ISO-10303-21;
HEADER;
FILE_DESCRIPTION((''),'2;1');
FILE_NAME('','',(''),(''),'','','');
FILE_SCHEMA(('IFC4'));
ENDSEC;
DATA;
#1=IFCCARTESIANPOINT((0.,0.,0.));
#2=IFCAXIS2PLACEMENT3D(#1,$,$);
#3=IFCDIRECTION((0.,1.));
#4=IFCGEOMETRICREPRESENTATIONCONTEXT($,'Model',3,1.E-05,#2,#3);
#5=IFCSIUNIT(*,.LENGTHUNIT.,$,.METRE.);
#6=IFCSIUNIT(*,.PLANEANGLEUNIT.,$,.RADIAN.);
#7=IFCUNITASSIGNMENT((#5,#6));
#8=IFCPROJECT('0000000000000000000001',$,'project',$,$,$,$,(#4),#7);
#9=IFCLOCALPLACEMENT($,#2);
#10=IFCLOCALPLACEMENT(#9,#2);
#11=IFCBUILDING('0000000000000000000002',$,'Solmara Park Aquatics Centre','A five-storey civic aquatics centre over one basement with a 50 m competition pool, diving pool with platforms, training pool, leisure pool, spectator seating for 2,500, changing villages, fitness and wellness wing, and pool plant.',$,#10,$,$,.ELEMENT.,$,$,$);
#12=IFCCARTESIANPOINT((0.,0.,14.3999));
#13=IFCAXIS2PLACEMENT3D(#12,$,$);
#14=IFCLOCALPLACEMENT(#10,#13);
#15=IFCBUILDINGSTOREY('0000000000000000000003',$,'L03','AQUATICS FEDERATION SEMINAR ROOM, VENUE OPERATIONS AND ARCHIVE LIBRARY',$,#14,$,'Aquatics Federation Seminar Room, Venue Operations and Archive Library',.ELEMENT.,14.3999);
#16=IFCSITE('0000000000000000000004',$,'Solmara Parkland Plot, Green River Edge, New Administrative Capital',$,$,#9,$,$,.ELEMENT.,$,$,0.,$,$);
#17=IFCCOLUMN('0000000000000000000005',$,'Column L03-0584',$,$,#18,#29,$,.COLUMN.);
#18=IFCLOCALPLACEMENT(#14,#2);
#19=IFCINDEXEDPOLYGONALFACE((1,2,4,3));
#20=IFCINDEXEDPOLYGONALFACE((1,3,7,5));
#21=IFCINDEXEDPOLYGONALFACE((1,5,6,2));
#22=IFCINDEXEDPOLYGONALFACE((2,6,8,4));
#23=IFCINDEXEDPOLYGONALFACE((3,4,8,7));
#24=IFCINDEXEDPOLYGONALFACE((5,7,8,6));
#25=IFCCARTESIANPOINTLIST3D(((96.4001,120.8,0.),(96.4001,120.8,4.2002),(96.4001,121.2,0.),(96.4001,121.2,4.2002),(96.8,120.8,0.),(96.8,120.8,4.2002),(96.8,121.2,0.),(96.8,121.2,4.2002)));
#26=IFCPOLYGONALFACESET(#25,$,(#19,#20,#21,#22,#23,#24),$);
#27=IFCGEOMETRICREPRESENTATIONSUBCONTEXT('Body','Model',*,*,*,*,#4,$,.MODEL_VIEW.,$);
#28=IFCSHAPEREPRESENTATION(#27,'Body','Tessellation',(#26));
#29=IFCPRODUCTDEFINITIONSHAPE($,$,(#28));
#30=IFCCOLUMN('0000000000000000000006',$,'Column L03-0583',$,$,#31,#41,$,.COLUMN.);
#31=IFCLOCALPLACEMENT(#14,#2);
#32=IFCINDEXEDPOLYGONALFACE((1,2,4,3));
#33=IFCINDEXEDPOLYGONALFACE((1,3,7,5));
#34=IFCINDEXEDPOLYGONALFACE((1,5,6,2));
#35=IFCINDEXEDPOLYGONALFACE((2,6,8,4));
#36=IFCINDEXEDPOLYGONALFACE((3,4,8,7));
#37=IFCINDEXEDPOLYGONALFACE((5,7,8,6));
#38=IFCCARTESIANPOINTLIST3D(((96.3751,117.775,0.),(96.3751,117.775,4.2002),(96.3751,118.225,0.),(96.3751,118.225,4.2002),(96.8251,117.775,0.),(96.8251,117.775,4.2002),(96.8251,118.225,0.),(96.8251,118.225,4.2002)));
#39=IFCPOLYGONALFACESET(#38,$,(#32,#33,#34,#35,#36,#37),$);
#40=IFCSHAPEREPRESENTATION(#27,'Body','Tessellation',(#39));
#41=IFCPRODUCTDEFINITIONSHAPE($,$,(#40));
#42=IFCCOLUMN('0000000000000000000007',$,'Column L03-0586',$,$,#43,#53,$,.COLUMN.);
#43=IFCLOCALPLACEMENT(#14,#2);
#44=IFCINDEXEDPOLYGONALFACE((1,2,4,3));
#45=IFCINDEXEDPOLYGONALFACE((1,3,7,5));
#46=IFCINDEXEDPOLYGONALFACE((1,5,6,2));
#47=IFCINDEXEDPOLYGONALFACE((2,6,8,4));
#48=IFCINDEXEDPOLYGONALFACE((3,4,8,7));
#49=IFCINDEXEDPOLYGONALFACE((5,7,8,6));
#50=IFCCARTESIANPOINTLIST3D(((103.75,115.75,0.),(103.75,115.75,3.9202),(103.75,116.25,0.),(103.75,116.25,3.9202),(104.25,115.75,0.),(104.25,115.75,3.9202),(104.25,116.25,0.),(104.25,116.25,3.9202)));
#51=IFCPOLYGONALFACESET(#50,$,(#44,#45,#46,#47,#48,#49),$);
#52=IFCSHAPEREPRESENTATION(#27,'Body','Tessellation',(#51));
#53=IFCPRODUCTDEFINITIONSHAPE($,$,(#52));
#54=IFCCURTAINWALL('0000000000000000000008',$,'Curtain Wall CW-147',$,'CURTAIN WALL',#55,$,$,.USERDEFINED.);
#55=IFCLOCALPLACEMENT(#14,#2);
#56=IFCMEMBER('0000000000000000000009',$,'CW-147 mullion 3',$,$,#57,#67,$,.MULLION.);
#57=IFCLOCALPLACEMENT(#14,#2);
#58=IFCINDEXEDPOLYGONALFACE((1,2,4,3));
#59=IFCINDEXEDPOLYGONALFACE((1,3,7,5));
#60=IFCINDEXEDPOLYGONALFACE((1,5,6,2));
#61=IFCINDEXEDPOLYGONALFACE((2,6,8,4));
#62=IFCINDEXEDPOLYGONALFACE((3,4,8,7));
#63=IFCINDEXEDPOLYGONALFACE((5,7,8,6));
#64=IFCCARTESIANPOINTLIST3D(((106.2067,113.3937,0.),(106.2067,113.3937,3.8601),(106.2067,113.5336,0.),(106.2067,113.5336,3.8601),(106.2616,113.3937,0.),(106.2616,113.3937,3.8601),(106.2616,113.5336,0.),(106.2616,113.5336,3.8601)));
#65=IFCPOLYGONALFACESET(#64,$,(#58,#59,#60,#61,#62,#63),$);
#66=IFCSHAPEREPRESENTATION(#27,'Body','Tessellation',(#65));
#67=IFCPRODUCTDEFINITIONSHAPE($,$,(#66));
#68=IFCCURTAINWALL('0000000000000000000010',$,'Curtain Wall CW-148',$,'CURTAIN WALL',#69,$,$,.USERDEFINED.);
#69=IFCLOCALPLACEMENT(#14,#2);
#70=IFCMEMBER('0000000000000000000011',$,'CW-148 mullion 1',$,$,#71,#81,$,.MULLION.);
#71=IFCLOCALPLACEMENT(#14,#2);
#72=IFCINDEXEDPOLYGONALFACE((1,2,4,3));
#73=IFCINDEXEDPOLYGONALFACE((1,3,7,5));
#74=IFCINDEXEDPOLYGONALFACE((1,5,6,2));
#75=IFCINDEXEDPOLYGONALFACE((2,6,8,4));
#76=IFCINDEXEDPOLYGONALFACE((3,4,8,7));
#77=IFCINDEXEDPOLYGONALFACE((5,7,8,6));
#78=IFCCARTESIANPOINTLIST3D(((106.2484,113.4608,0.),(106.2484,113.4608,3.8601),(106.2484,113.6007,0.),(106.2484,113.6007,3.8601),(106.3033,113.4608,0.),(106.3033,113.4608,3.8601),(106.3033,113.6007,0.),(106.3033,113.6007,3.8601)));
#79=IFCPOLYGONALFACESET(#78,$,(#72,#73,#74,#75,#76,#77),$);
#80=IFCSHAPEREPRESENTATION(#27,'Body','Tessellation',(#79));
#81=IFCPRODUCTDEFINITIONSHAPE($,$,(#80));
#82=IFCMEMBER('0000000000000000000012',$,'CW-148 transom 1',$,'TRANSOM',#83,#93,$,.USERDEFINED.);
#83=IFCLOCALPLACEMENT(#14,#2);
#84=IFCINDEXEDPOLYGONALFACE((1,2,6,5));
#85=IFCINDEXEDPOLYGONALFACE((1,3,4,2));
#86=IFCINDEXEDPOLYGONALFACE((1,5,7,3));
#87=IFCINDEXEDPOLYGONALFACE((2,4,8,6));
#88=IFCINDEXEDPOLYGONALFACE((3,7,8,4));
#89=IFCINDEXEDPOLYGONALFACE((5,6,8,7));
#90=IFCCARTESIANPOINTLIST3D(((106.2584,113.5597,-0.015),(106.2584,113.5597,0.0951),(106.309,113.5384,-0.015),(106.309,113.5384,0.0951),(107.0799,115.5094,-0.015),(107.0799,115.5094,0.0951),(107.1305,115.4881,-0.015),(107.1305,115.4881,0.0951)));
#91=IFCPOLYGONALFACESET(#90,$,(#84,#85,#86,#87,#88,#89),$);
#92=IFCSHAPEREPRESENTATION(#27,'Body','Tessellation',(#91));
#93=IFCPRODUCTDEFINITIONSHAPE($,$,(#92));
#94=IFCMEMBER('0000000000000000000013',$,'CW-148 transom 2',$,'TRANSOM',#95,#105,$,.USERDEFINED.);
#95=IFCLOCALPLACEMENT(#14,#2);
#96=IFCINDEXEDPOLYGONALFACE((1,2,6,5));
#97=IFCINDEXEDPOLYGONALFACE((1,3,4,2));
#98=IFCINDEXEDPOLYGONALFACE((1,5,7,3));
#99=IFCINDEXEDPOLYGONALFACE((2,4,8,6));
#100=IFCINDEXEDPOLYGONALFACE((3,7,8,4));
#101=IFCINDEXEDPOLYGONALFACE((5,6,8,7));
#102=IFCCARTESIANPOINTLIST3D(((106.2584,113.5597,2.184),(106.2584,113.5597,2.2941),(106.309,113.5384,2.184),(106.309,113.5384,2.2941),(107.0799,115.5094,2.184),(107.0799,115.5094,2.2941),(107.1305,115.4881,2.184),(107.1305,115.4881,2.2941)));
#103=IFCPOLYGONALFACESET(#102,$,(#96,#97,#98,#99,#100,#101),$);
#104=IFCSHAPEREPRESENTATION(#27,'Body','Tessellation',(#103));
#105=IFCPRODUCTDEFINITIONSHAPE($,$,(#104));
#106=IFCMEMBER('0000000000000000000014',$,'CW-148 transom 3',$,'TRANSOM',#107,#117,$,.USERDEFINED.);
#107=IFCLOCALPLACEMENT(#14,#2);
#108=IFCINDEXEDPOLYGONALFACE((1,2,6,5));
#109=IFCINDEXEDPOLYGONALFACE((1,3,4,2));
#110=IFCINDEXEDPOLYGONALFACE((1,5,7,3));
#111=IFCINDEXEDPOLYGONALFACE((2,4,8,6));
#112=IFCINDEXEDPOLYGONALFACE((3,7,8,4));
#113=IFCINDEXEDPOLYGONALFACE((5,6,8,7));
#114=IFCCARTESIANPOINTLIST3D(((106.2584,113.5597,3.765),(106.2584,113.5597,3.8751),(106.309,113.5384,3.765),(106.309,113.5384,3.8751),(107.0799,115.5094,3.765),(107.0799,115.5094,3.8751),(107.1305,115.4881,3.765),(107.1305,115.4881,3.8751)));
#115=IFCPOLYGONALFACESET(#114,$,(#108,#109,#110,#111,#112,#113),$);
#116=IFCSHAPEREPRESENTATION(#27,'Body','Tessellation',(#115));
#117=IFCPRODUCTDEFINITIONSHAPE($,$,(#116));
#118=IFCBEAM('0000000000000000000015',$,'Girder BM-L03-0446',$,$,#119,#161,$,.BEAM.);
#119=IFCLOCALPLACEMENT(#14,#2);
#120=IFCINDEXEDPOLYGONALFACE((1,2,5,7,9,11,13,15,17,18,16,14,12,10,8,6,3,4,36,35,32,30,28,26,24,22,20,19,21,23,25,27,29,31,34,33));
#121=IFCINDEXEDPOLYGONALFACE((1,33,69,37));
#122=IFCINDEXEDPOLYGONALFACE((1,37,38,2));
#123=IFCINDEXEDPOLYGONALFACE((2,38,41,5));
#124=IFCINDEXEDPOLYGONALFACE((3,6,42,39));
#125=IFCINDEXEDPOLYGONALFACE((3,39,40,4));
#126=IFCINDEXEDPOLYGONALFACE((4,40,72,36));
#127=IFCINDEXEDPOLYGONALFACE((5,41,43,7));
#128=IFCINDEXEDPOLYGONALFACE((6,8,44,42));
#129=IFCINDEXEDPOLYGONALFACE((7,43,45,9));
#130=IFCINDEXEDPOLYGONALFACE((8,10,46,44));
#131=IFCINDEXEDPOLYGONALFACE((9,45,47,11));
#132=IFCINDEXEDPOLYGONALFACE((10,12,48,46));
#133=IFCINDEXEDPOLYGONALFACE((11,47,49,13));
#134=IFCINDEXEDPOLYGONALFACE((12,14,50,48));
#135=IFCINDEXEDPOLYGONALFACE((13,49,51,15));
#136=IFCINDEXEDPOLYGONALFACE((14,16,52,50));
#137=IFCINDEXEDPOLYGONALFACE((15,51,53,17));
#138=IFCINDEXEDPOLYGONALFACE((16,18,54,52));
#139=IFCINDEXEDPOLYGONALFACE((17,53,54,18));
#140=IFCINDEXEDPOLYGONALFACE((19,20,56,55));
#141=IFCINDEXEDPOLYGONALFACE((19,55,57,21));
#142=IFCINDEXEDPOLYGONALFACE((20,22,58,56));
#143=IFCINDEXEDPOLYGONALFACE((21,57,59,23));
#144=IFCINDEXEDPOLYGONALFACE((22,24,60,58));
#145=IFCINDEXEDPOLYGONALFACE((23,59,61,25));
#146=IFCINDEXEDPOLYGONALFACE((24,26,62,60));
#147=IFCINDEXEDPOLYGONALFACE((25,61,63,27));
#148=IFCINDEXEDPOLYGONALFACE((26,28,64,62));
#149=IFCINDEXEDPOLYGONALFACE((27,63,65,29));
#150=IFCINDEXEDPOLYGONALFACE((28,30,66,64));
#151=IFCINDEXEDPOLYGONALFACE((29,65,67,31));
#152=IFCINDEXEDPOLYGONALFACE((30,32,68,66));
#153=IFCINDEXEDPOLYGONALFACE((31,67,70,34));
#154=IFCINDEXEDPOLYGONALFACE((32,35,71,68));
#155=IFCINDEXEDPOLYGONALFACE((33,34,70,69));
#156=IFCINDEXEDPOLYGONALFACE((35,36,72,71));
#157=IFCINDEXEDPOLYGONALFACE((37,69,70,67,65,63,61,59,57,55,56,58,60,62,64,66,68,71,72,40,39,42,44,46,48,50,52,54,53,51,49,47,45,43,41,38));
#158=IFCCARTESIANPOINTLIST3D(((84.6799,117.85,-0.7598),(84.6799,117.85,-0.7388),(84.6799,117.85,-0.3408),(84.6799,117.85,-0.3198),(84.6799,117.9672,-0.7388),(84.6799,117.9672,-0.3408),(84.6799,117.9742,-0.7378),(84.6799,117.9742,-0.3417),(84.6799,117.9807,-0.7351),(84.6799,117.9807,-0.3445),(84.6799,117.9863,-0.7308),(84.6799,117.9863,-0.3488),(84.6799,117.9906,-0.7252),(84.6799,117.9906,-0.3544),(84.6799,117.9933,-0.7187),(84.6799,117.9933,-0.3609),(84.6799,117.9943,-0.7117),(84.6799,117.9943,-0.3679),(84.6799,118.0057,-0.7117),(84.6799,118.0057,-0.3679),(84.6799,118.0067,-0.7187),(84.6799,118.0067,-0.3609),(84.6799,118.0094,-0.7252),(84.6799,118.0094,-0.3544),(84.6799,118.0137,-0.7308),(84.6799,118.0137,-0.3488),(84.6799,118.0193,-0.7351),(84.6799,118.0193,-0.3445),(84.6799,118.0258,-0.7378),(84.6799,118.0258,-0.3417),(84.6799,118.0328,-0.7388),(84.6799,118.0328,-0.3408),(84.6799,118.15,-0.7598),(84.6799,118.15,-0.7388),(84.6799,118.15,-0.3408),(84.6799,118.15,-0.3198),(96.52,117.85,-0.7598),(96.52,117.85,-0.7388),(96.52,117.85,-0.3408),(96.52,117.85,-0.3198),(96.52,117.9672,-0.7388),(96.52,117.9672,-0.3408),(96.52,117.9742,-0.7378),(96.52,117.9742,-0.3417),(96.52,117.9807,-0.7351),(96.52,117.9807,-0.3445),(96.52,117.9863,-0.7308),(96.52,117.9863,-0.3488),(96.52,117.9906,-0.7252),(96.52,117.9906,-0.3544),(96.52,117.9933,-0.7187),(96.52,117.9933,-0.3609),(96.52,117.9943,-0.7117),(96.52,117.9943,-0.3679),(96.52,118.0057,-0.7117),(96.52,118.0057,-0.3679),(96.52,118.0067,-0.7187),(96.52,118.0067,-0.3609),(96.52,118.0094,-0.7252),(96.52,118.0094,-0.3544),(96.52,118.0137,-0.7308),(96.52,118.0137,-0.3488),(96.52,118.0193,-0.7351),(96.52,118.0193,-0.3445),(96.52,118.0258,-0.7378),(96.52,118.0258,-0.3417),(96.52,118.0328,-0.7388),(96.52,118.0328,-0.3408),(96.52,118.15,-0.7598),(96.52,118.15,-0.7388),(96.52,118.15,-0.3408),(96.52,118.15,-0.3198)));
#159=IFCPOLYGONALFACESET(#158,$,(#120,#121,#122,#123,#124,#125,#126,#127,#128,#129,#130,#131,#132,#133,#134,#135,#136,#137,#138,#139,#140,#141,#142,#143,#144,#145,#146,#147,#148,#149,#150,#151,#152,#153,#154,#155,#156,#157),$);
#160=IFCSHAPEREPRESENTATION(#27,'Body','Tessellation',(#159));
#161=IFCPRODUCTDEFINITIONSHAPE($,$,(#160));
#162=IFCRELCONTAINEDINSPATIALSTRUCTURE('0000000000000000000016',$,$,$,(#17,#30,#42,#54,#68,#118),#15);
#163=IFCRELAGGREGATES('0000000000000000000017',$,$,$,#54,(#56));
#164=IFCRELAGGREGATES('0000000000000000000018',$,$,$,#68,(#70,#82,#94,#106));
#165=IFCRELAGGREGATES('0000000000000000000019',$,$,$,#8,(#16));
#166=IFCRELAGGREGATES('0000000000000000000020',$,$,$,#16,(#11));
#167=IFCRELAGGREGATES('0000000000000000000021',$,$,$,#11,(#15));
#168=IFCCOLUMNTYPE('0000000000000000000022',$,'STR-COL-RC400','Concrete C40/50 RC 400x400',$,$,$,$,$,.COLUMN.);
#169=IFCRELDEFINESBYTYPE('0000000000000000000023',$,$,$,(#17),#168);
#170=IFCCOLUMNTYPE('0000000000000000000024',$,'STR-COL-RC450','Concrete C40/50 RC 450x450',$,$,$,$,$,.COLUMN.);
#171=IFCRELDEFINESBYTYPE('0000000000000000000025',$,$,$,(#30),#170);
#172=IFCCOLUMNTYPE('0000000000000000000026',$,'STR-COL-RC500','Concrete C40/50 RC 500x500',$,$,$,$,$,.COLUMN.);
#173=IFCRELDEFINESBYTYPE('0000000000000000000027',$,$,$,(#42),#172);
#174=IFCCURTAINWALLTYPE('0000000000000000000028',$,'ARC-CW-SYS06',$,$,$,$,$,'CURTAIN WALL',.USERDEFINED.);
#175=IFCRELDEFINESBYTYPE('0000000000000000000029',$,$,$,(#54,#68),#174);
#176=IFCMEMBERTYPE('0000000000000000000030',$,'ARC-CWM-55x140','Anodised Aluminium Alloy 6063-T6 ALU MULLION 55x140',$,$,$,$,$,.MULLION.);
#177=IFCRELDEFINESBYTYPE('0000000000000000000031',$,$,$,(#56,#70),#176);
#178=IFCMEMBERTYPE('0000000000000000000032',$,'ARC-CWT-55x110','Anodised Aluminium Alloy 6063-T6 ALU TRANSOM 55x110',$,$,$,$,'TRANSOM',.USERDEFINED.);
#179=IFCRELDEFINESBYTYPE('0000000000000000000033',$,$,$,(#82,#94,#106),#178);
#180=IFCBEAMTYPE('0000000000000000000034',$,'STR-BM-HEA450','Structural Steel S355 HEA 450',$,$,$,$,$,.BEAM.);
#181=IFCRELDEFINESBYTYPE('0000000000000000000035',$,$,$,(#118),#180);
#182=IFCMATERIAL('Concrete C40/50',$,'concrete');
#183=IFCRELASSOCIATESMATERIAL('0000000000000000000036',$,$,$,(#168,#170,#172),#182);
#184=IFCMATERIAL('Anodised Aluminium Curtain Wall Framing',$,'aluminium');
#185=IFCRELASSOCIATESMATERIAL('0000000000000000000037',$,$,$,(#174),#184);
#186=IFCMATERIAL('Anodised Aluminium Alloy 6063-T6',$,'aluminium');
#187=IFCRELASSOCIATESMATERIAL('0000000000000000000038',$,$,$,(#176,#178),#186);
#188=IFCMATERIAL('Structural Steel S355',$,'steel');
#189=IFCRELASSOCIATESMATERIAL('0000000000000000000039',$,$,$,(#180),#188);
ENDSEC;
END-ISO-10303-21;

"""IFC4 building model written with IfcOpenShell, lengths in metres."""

from ifc_helpers import new_model, si_unit, direction, frame, origin, origin_2d, place, context, subcontext, project, spatial, rectangle, i_section, extrude, material, material_profile, profile_set, type_object, element, aggregate, save


model = new_model("IFC4")

# Units and contexts
model_context = context("Model", 3, precision=1e-05, world=origin(), true_north=direction((0.0, 1.0)))
body_context = subcontext(model_context, "Body", "Model", "MODEL_VIEW")
ifc_project = project(units=[si_unit("LENGTHUNIT", "METRE"), si_unit("PLANEANGLEUNIT", "RADIAN")], contexts=[model_context])

# Site, building, storey
site_placement = place(None, origin())
site = spatial("IfcSite", under=ifc_project, at=site_placement, Name="Solmara Parkland Plot, Green River Edge, New Administrative Capital", CompositionType="ELEMENT", RefElevation=0.0)
building_placement = place(site_placement, origin())
building = spatial("IfcBuilding", under=site, at=building_placement, Name="Solmara Park Aquatics Centre", Description="A five-storey civic aquatics centre over one basement with a 50 m competition pool, diving pool with platforms, training pool, leisure pool, spectator seating for 2,500, changing villages, fitness and wellness wing, and pool plant.", CompositionType="ELEMENT")
storey_placement = place(building_placement, frame((0.0, 0.0, 14.3999)))
storey = spatial("IfcBuildingStorey", under=building, at=storey_placement, Name="L03", Description="AQUATICS FEDERATION SEMINAR ROOM, VENUE OPERATIONS AND ARCHIVE LIBRARY", LongName="Aquatics Federation Seminar Room, Venue Operations and Archive Library", CompositionType="ELEMENT", Elevation=14.3999)

# Columns
ifc_material_1 = material(Name="Concrete C40/50", Category="concrete")
ifc_material_profile_1 = material_profile(ifc_material_1, rectangle(XDim=0.3999, YDim=0.3999, at=origin_2d()), Name="RC 400x400")
ifc_profile_set_1 = profile_set([ifc_material_profile_1], Name="Concrete C40/50")
column_type_1 = type_object("IfcColumnType", Name="STR-COL-RC400", Description="Concrete C40/50 RC 400x400", PredefinedType="COLUMN", material=ifc_profile_set_1)
column_1_placement = place(storey_placement, frame((96.6001, 121.0, 0.0), z_axis=(0.0, 0.0, 1.0), x_axis=(1.0, 0.0, 0.0)))
element("IfcColumn", 1, at=column_1_placement, inside=storey, type_object=column_type_1, Name="Column L03-0584", PredefinedType="COLUMN", context=body_context, shape_type="SweptSolid", body=[
    extrude(rectangle(XDim=0.3999, YDim=0.3999, at=origin_2d()), origin(), (0.0, 0.0, 1.0), 4.2002),
])
ifc_material_profile_2 = material_profile(ifc_material_1, rectangle(XDim=0.45, YDim=0.45, at=origin_2d()), Name="RC 450x450")
ifc_profile_set_2 = profile_set([ifc_material_profile_2], Name="Concrete C40/50")
column_type_2 = type_object("IfcColumnType", Name="STR-COL-RC450", Description="Concrete C40/50 RC 450x450", PredefinedType="COLUMN", material=ifc_profile_set_2)
column_2_placement = place(storey_placement, frame((96.6001, 118.0, 0.0), z_axis=(0.0, 0.0, 1.0), x_axis=(1.0, 0.0, 0.0)))
element("IfcColumn", 2, at=column_2_placement, inside=storey, type_object=column_type_2, Name="Column L03-0583", PredefinedType="COLUMN", context=body_context, shape_type="SweptSolid", body=[
    extrude(rectangle(XDim=0.45, YDim=0.45, at=origin_2d()), origin(), (0.0, 0.0, 1.0), 4.2002),
])
ifc_material_profile_3 = material_profile(ifc_material_1, rectangle(XDim=0.5, YDim=0.5, at=origin_2d()), Name="RC 500x500")
ifc_profile_set_3 = profile_set([ifc_material_profile_3], Name="Concrete C40/50")
column_type_3 = type_object("IfcColumnType", Name="STR-COL-RC500", Description="Concrete C40/50 RC 500x500", PredefinedType="COLUMN", material=ifc_profile_set_3)
column_3_placement = place(storey_placement, frame((104.0, 116.0, 0.0), z_axis=(0.0, 0.0, 1.0), x_axis=(1.0, 0.0, 0.0)))
element("IfcColumn", 3, at=column_3_placement, inside=storey, type_object=column_type_3, Name="Column L03-0586", PredefinedType="COLUMN", context=body_context, shape_type="SweptSolid", body=[
    extrude(rectangle(XDim=0.5, YDim=0.5, at=origin_2d()), origin(), (0.0, 0.0, 1.0), 3.9202),
])

# Curtain wall, member
ifc_material_2 = material(Name="Anodised Aluminium Curtain Wall Framing", Category="aluminium")
curtain_wall_type = type_object("IfcCurtainWallType", Name="ARC-CW-SYS06", ElementType="CURTAIN WALL", PredefinedType="USERDEFINED", material=ifc_material_2)
curtain_wall_1_placement = place(storey_placement, origin())
curtain_wall_1 = element("IfcCurtainWall", 4, at=curtain_wall_1_placement, inside=storey, type_object=curtain_wall_type, Name="Curtain Wall CW-147", ObjectType="CURTAIN WALL", PredefinedType="USERDEFINED")
ifc_material_3 = material(Name="Anodised Aluminium Alloy 6063-T6", Category="aluminium")
ifc_material_profile_4 = material_profile(ifc_material_3, rectangle(XDim=0.0549, YDim=0.1399, at=origin_2d()), Name="ALU MULLION 55x140")
ifc_profile_set_4 = profile_set([ifc_material_profile_4], Name="Anodised Aluminium Alloy 6063-T6")
member_type_1 = type_object("IfcMemberType", Name="ARC-CWM-55x140", Description="Anodised Aluminium Alloy 6063-T6 ALU MULLION 55x140", PredefinedType="MULLION", material=ifc_profile_set_4)
member_1_placement = place(storey_placement, frame((106.2341, 113.4636, 0.0), z_axis=(0.0, 0.0, 1.0), x_axis=(1.0, 0.0, 0.0)))
member_1 = element("IfcMember", 5, at=member_1_placement, type_object=member_type_1, Name="CW-147 mullion 3", PredefinedType="MULLION", context=body_context, shape_type="SweptSolid", body=[
    extrude(rectangle(XDim=0.0549, YDim=0.1399, at=origin_2d()), origin(), (0.0, 0.0, 1.0), 3.8601),
])
aggregate(curtain_wall_1, [member_1])

# Curtain wall, members
curtain_wall_2_placement = place(storey_placement, origin())
curtain_wall_2 = element("IfcCurtainWall", 6, at=curtain_wall_2_placement, inside=storey, type_object=curtain_wall_type, Name="Curtain Wall CW-148", ObjectType="CURTAIN WALL", PredefinedType="USERDEFINED")
member_2_placement = place(storey_placement, frame((106.2759, 113.5308, 0.0), z_axis=(0.0, 0.0, 1.0), x_axis=(1.0, 0.0, 0.0)))
member_2 = element("IfcMember", 7, at=member_2_placement, type_object=member_type_1, Name="CW-148 mullion 1", PredefinedType="MULLION", context=body_context, shape_type="SweptSolid", body=[
    extrude(rectangle(XDim=0.0549, YDim=0.1399, at=origin_2d()), origin(), (0.0, 0.0, 1.0), 3.8601),
])
ifc_material_profile_5 = material_profile(ifc_material_3, rectangle(XDim=0.0549, YDim=0.1101, at=origin_2d()), Name="ALU TRANSOM 55x110")
ifc_profile_set_5 = profile_set([ifc_material_profile_5], Name="Anodised Aluminium Alloy 6063-T6")
member_type_2 = type_object("IfcMemberType", Name="ARC-CWT-55x110", Description="Anodised Aluminium Alloy 6063-T6 ALU TRANSOM 55x110", ElementType="TRANSOM", PredefinedType="USERDEFINED", material=ifc_profile_set_5)
member_3_placement = place(storey_placement, frame((106.2837, 113.5491, 0.04), z_axis=(0.388299, 0.921533, 0.0), x_axis=(-0.921533, 0.388299, 0.0)))
member_3 = element("IfcMember", 8, at=member_3_placement, type_object=member_type_2, Name="CW-148 transom 1", ObjectType="TRANSOM", PredefinedType="USERDEFINED", context=body_context, shape_type="SweptSolid", body=[
    extrude(rectangle(XDim=0.0549, YDim=0.1101, at=origin_2d()), origin(), (0.0, 0.0, 1.0), 2.1157),
])
member_4_placement = place(storey_placement, frame((106.2837, 113.5491, 2.239), z_axis=(0.388299, 0.921533, 0.0), x_axis=(-0.921533, 0.388299, 0.0)))
member_4 = element("IfcMember", 9, at=member_4_placement, type_object=member_type_2, Name="CW-148 transom 2", ObjectType="TRANSOM", PredefinedType="USERDEFINED", context=body_context, shape_type="SweptSolid", body=[
    extrude(rectangle(XDim=0.0549, YDim=0.1101, at=origin_2d()), origin(), (0.0, 0.0, 1.0), 2.1157),
])
member_5_placement = place(storey_placement, frame((106.2837, 113.5491, 3.8201), z_axis=(0.388299, 0.921533, 0.0), x_axis=(-0.921533, 0.388299, 0.0)))
member_5 = element("IfcMember", 10, at=member_5_placement, type_object=member_type_2, Name="CW-148 transom 3", ObjectType="TRANSOM", PredefinedType="USERDEFINED", context=body_context, shape_type="SweptSolid", body=[
    extrude(rectangle(XDim=0.0549, YDim=0.1101, at=origin_2d()), origin(), (0.0, 0.0, 1.0), 2.1157),
])

# Beam
ifc_material_4 = material(Name="Structural Steel S355", Category="steel")
ifc_material_profile_6 = material_profile(ifc_material_4, i_section(OverallWidth=0.3, OverallDepth=0.4399, WebThickness=0.0115, FlangeThickness=0.021, FilletRadius=0.0271, at=origin_2d()), Name="HEA 450")
ifc_profile_set_6 = profile_set([ifc_material_profile_6], Name="Structural Steel S355")
beam_type_1 = type_object("IfcBeamType", Name="STR-BM-HEA450", Description="Structural Steel S355 HEA 450", PredefinedType="BEAM", material=ifc_profile_set_6)
for number, where, z_axis, x_axis, name in (
    (11, (84.6799, 118.0, -0.5398), (1.0, 0.0, 0.0), (0.0, 1.0, 0.0), "Girder BM-L03-0446"),
):
    element("IfcBeam", number, at=place(storey_placement, frame(where, z_axis=z_axis, x_axis=x_axis)), inside=storey, type_object=beam_type_1, Name=name, PredefinedType="BEAM", context=body_context, shape_type="SweptSolid", body=[
        extrude(i_section(OverallWidth=0.3, OverallDepth=0.4399, WebThickness=0.0115, FlangeThickness=0.021, FilletRadius=0.0271, at=origin_2d()), origin(), (0.0, 0.0, 1.0), 11.8401),
    ])

aggregate(curtain_wall_2, [member_2, member_3, member_4, member_5])

save(model, "model.ifc")
